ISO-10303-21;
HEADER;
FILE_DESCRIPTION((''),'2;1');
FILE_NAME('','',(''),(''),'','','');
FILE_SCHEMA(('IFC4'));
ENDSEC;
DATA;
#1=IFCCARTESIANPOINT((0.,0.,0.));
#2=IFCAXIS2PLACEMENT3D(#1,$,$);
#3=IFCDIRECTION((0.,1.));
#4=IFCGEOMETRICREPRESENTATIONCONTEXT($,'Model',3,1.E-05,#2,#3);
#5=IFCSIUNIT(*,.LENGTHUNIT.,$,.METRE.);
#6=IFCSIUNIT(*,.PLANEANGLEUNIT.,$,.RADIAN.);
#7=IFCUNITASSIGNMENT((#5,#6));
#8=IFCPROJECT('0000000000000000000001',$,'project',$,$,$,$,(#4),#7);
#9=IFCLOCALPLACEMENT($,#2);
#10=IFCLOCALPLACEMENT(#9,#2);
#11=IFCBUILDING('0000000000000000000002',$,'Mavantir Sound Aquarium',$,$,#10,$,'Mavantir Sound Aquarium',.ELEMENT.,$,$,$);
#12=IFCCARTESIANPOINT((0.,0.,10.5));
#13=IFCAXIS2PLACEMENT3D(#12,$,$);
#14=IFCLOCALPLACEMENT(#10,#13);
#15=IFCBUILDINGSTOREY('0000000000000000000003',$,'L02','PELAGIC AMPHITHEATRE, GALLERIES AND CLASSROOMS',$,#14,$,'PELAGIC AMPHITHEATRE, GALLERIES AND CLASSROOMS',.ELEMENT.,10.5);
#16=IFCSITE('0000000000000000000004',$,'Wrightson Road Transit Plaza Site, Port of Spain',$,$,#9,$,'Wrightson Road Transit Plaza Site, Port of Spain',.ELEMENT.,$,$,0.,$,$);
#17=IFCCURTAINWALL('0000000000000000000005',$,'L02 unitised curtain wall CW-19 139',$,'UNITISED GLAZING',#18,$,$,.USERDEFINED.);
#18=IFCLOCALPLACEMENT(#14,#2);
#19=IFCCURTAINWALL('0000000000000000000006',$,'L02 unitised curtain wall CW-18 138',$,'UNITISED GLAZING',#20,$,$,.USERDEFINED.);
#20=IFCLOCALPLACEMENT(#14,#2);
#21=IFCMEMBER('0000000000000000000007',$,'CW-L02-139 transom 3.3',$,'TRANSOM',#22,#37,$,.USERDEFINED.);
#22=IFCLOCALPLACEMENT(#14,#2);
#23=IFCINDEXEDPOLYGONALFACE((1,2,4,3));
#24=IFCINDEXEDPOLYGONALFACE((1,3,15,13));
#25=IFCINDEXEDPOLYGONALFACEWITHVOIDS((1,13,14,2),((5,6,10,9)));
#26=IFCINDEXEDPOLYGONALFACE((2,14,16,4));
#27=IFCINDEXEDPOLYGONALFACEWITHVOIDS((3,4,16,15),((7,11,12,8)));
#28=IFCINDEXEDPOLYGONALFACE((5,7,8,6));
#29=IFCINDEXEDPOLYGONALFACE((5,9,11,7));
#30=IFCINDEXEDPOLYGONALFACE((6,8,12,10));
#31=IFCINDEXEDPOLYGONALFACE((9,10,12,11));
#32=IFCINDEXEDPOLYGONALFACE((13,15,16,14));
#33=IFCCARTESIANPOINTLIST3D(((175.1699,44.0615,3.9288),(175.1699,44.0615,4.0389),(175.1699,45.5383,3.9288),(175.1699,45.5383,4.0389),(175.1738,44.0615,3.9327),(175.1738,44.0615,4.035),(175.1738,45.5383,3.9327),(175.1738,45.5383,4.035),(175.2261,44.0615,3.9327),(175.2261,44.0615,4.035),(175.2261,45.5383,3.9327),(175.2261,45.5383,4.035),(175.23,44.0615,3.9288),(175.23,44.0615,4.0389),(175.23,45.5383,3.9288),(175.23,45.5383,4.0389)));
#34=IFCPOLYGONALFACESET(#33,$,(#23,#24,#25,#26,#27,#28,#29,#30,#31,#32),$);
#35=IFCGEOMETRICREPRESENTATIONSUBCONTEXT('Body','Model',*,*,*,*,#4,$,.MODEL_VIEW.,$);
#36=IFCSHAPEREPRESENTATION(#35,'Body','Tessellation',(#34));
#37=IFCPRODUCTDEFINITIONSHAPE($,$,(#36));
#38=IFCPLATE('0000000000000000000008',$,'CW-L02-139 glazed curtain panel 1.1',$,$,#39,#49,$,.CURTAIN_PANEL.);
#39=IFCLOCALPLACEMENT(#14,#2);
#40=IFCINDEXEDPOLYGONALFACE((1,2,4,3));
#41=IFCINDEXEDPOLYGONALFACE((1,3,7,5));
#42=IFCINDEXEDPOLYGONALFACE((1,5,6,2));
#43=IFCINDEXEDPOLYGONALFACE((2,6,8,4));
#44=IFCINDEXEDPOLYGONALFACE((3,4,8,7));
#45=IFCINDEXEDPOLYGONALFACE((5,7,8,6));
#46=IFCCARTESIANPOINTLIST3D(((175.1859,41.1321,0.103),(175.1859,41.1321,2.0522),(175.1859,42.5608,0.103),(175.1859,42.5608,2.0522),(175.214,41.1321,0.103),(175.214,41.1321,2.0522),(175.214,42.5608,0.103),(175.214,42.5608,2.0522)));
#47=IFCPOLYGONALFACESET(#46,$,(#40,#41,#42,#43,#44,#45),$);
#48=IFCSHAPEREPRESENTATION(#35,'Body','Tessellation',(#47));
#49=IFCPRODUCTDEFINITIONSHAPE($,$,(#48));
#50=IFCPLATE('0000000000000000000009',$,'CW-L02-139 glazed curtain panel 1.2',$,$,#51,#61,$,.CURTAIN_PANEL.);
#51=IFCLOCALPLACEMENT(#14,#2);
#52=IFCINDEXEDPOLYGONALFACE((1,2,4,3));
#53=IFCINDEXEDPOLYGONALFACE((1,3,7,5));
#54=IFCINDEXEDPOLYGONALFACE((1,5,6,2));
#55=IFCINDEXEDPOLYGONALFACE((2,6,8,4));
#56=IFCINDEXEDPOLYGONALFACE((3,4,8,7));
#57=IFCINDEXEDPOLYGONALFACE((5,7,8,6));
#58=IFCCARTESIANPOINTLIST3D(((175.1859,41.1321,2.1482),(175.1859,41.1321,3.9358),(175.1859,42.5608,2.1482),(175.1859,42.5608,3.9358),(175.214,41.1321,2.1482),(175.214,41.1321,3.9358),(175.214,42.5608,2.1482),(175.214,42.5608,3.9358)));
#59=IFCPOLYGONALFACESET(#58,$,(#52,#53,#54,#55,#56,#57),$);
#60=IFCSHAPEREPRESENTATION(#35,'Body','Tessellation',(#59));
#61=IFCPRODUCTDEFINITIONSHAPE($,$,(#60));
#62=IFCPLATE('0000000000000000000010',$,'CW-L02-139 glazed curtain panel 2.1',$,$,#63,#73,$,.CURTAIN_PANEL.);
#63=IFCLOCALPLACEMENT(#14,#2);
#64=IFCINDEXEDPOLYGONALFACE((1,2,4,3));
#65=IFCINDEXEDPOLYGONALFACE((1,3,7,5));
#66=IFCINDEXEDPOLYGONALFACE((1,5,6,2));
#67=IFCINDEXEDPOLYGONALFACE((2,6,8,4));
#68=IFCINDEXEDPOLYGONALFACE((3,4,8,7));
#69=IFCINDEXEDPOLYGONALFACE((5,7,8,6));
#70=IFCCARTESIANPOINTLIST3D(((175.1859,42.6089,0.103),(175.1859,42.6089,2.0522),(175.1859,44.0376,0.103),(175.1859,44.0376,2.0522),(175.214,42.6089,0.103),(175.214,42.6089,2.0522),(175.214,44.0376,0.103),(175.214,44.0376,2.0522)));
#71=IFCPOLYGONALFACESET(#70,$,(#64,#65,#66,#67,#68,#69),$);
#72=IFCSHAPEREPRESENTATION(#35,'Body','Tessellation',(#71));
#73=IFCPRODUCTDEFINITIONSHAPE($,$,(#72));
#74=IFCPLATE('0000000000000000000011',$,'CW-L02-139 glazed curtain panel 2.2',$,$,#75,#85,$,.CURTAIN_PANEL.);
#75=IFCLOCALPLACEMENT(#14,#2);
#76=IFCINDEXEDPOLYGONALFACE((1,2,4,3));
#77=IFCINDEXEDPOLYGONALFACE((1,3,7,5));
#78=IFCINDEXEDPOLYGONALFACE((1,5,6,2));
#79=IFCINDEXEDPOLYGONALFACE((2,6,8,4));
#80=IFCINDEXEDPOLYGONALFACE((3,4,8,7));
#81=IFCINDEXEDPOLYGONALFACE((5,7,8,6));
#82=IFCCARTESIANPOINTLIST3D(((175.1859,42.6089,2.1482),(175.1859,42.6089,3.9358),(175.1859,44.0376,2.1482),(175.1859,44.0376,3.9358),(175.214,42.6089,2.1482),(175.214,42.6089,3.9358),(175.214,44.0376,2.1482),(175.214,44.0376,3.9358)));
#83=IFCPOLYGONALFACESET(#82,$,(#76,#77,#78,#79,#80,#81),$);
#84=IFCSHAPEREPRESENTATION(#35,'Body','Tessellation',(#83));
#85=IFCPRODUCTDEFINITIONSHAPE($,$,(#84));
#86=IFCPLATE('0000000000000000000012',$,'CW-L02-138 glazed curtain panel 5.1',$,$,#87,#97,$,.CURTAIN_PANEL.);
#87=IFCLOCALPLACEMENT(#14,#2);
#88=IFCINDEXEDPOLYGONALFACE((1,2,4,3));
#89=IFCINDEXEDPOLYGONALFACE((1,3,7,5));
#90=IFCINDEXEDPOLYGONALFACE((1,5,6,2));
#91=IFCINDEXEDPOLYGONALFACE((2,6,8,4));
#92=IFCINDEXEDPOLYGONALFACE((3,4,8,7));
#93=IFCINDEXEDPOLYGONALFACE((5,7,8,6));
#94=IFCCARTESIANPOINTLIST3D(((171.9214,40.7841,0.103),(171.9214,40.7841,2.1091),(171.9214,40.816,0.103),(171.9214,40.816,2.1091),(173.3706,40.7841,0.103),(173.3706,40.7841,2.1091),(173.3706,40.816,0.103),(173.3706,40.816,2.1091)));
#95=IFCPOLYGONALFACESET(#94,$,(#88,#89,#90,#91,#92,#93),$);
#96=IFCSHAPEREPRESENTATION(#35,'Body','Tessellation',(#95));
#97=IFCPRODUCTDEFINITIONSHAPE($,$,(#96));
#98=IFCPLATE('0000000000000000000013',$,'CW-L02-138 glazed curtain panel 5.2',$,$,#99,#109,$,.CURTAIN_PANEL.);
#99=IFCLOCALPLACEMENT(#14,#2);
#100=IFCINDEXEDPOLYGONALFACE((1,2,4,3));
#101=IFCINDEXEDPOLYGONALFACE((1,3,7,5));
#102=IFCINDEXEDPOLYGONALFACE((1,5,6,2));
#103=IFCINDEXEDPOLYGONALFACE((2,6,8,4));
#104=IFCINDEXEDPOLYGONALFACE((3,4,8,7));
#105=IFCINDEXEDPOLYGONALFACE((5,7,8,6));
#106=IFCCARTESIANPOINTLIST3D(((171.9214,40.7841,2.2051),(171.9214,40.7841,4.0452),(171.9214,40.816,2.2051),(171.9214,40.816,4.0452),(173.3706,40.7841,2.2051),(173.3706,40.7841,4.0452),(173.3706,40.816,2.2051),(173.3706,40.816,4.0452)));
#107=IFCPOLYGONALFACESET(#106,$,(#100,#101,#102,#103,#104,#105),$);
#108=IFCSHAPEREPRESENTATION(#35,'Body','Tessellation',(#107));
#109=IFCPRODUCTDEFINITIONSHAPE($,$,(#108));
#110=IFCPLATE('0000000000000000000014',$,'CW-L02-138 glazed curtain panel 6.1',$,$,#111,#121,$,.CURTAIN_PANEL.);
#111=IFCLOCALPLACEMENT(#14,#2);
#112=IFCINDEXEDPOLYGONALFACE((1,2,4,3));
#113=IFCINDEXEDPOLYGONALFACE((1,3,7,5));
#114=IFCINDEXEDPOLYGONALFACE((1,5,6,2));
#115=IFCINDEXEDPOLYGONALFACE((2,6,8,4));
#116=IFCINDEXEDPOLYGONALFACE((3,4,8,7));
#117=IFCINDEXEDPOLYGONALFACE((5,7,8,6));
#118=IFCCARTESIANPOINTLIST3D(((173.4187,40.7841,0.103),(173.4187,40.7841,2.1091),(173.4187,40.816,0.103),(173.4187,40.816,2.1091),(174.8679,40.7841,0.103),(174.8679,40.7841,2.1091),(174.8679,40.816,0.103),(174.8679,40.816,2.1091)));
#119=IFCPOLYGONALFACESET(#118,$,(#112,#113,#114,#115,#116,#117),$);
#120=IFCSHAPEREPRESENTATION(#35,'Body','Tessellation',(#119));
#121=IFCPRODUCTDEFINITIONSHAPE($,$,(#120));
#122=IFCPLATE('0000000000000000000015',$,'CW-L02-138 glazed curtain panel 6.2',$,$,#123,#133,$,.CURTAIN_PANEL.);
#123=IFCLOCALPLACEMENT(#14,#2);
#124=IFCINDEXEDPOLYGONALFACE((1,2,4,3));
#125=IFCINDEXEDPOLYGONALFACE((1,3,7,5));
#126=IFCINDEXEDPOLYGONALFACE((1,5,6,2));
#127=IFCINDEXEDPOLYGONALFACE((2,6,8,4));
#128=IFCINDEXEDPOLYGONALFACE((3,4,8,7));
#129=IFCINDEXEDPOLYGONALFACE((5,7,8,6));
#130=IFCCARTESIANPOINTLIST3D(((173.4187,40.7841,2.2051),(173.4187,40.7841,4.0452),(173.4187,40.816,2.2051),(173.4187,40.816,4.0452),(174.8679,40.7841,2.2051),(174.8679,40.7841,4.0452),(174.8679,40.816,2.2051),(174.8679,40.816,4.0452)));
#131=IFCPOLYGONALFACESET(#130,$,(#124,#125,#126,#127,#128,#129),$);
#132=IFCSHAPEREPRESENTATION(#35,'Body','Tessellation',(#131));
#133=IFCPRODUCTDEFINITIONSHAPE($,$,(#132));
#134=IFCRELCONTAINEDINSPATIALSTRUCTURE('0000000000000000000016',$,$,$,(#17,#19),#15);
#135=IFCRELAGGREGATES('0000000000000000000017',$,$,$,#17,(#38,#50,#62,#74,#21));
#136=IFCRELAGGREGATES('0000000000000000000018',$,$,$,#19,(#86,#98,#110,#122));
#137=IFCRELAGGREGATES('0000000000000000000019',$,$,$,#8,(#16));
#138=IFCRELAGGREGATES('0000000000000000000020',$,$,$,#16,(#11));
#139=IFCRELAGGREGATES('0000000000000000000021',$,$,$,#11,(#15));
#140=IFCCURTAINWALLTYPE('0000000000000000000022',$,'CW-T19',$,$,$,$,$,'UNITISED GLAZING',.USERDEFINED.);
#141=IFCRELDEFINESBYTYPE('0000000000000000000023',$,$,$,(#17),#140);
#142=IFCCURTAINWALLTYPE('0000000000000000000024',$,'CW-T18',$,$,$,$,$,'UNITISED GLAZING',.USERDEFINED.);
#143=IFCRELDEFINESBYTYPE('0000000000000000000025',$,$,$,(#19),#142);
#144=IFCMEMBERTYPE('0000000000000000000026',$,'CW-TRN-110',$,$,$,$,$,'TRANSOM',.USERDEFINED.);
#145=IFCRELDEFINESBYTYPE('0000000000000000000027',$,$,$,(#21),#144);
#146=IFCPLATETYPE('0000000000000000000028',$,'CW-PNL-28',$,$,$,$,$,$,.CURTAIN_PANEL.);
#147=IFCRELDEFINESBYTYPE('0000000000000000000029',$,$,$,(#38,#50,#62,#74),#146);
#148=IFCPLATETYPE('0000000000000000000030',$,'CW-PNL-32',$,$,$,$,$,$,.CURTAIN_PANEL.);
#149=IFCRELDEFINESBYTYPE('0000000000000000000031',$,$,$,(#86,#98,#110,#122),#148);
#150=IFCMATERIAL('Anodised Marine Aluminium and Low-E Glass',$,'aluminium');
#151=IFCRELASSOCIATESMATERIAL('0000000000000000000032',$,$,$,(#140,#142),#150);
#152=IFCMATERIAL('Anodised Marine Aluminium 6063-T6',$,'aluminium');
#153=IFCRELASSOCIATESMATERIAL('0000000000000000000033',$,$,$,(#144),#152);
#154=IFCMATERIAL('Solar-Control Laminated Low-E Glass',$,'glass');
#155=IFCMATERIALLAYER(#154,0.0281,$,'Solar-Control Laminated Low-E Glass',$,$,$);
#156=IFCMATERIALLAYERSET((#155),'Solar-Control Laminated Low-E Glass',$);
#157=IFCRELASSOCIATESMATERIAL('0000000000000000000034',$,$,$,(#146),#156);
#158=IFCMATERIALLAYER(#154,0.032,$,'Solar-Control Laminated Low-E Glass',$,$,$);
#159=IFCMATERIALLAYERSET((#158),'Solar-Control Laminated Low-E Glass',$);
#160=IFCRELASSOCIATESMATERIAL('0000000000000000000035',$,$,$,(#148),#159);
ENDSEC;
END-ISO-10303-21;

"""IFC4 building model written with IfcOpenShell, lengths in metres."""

from ifc_helpers import new_model, si_unit, direction, frame, origin, origin_2d, place, context, subcontext, project, spatial, rectangle, hollow_rectangle, extrude, material, layer, layer_set, material_profile, profile_set, type_object, element, aggregate, save


model = new_model("IFC4")

# Units and contexts
model_context = context("Model", 3, precision=1e-05, world=origin(), true_north=direction((0.0, 1.0)))
body_context = subcontext(model_context, "Body", "Model", "MODEL_VIEW")
ifc_project = project(units=[si_unit("LENGTHUNIT", "METRE"), si_unit("PLANEANGLEUNIT", "RADIAN")], contexts=[model_context])

# Site, building, storey
site_placement = place(None, origin())
site = spatial("IfcSite", under=ifc_project, at=site_placement, Name="Wrightson Road Transit Plaza Site, Port of Spain", LongName="Wrightson Road Transit Plaza Site, Port of Spain", CompositionType="ELEMENT", RefElevation=0.0)
building_placement = place(site_placement, origin())
building = spatial("IfcBuilding", under=site, at=building_placement, Name="Mavantir Sound Aquarium", LongName="Mavantir Sound Aquarium", CompositionType="ELEMENT")
storey_placement = place(building_placement, frame((0.0, 0.0, 10.5)))
storey = spatial("IfcBuildingStorey", under=building, at=storey_placement, Name="L02", Description="PELAGIC AMPHITHEATRE, GALLERIES AND CLASSROOMS", LongName="PELAGIC AMPHITHEATRE, GALLERIES AND CLASSROOMS", CompositionType="ELEMENT", Elevation=10.5)

# Curtain walls
ifc_material_1 = material(Name="Anodised Marine Aluminium and Low-E Glass", Category="aluminium")
curtain_wall_type_1 = type_object("IfcCurtainWallType", Name="CW-T19", ElementType="UNITISED GLAZING", PredefinedType="USERDEFINED", material=ifc_material_1)
curtain_wall_1_placement = place(storey_placement, origin())
curtain_wall_1 = element("IfcCurtainWall", 1, at=curtain_wall_1_placement, inside=storey, type_object=curtain_wall_type_1, Name="L02 unitised curtain wall CW-19 139", ObjectType="UNITISED GLAZING", PredefinedType="USERDEFINED")
ifc_material_2 = material(Name="Anodised Marine Aluminium 6063-T6", Category="aluminium")
curtain_wall_type_2 = type_object("IfcCurtainWallType", Name="CW-T18", ElementType="UNITISED GLAZING", PredefinedType="USERDEFINED", material=ifc_material_1)
curtain_wall_2_placement = place(storey_placement, origin())
curtain_wall_2 = element("IfcCurtainWall", 2, at=curtain_wall_2_placement, inside=storey, type_object=curtain_wall_type_2, Name="L02 unitised curtain wall CW-18 138", ObjectType="UNITISED GLAZING", PredefinedType="USERDEFINED")
ifc_material_profile_1 = material_profile(ifc_material_2, hollow_rectangle(XDim=0.0601, YDim=0.1101, WallThickness=0.0039, at=origin_2d()), Name="ALU-TRANSOM-110X60")
ifc_profile_set_1 = profile_set([ifc_material_profile_1], Name="Anodised Marine Aluminium 6063-T6")
member_type_1 = type_object("IfcMemberType", Name="CW-TRN-110", ElementType="TRANSOM", PredefinedType="USERDEFINED", material=ifc_profile_set_1)

# Member
member_1_placement = place(storey_placement, frame((175.2, 44.0615, 3.9839), z_axis=(0.0, 1.0, 0.0), x_axis=(-1.0, 0.0, 0.0)))
member_1 = element("IfcMember", 3, at=member_1_placement, type_object=member_type_1, Name="CW-L02-139 transom 3.3", ObjectType="TRANSOM", PredefinedType="USERDEFINED", context=body_context, shape_type="SweptSolid", body=[
    extrude(hollow_rectangle(XDim=0.0601, YDim=0.1101, WallThickness=0.0039, at=origin_2d()), origin(), (0.0, 0.0, 1.0), 1.4768),
])

# Plates
ifc_material_3 = material(Name="Solar-Control Laminated Low-E Glass", Category="glass")
ifc_layer_1 = layer(ifc_material_3, 0.0281, Name="Solar-Control Laminated Low-E Glass")
ifc_layer_set_1 = layer_set([ifc_layer_1], Name="Solar-Control Laminated Low-E Glass")
plate_type_1 = type_object("IfcPlateType", Name="CW-PNL-28", PredefinedType="CURTAIN_PANEL", material=ifc_layer_set_1)
plate_1_placement = place(storey_placement, frame((175.2, 41.8464, 0.103), z_axis=(0.0, 0.0, 1.0), x_axis=(0.0, 1.0, 0.0)))
plate_1 = element("IfcPlate", 4, at=plate_1_placement, type_object=plate_type_1, Name="CW-L02-139 glazed curtain panel 1.1", PredefinedType="CURTAIN_PANEL", context=body_context, shape_type="SweptSolid", body=[
    extrude(rectangle(XDim=1.4287, YDim=0.0281, at=origin_2d()), origin(), (0.0, 0.0, 1.0), 1.9492),
])
plate_2_placement = place(storey_placement, frame((175.2, 41.8464, 2.1482), z_axis=(0.0, 0.0, 1.0), x_axis=(0.0, 1.0, 0.0)))
plate_2 = element("IfcPlate", 5, at=plate_2_placement, type_object=plate_type_1, Name="CW-L02-139 glazed curtain panel 1.2", PredefinedType="CURTAIN_PANEL", context=body_context, shape_type="SweptSolid", body=[
    extrude(rectangle(XDim=1.4287, YDim=0.0281, at=origin_2d()), origin(), (0.0, 0.0, 1.0), 1.7876),
])
plate_3_placement = place(storey_placement, frame((175.2, 43.3232, 0.103), z_axis=(0.0, 0.0, 1.0), x_axis=(0.0, 1.0, 0.0)))
plate_3 = element("IfcPlate", 6, at=plate_3_placement, type_object=plate_type_1, Name="CW-L02-139 glazed curtain panel 2.1", PredefinedType="CURTAIN_PANEL", context=body_context, shape_type="SweptSolid", body=[
    extrude(rectangle(XDim=1.4287, YDim=0.0281, at=origin_2d()), origin(), (0.0, 0.0, 1.0), 1.9492),
])
plate_4_placement = place(storey_placement, frame((175.2, 43.3232, 2.1482), z_axis=(0.0, 0.0, 1.0), x_axis=(0.0, 1.0, 0.0)))
plate_4 = element("IfcPlate", 7, at=plate_4_placement, type_object=plate_type_1, Name="CW-L02-139 glazed curtain panel 2.2", PredefinedType="CURTAIN_PANEL", context=body_context, shape_type="SweptSolid", body=[
    extrude(rectangle(XDim=1.4287, YDim=0.0281, at=origin_2d()), origin(), (0.0, 0.0, 1.0), 1.7876),
])
aggregate(curtain_wall_1, [plate_1, plate_2, plate_3, plate_4, member_1])
ifc_layer_2 = layer(ifc_material_3, 0.032, Name="Solar-Control Laminated Low-E Glass")
ifc_layer_set_2 = layer_set([ifc_layer_2], Name="Solar-Control Laminated Low-E Glass")
plate_type_2 = type_object("IfcPlateType", Name="CW-PNL-32", PredefinedType="CURTAIN_PANEL", material=ifc_layer_set_2)
plate_5_placement = place(storey_placement, frame((172.646, 40.8, 0.103), z_axis=(0.0, 0.0, 1.0), x_axis=(1.0, 0.0, 0.0)))
plate_5 = element("IfcPlate", 8, at=plate_5_placement, type_object=plate_type_2, Name="CW-L02-138 glazed curtain panel 5.1", PredefinedType="CURTAIN_PANEL", context=body_context, shape_type="SweptSolid", body=[
    extrude(rectangle(XDim=1.4492, YDim=0.032, at=origin_2d()), origin(), (0.0, 0.0, 1.0), 2.0061),
])
plate_6_placement = place(storey_placement, frame((172.646, 40.8, 2.2051), z_axis=(0.0, 0.0, 1.0), x_axis=(1.0, 0.0, 0.0)))
plate_6 = element("IfcPlate", 9, at=plate_6_placement, type_object=plate_type_2, Name="CW-L02-138 glazed curtain panel 5.2", PredefinedType="CURTAIN_PANEL", context=body_context, shape_type="SweptSolid", body=[
    extrude(rectangle(XDim=1.4492, YDim=0.032, at=origin_2d()), origin(), (0.0, 0.0, 1.0), 1.8401),
])
plate_7_placement = place(storey_placement, frame((174.1433, 40.8, 0.103), z_axis=(0.0, 0.0, 1.0), x_axis=(1.0, 0.0, 0.0)))
plate_7 = element("IfcPlate", 10, at=plate_7_placement, type_object=plate_type_2, Name="CW-L02-138 glazed curtain panel 6.1", PredefinedType="CURTAIN_PANEL", context=body_context, shape_type="SweptSolid", body=[
    extrude(rectangle(XDim=1.4492, YDim=0.032, at=origin_2d()), origin(), (0.0, 0.0, 1.0), 2.0061),
])
plate_8_placement = place(storey_placement, frame((174.1433, 40.8, 2.2051), z_axis=(0.0, 0.0, 1.0), x_axis=(1.0, 0.0, 0.0)))
plate_8 = element("IfcPlate", 11, at=plate_8_placement, type_object=plate_type_2, Name="CW-L02-138 glazed curtain panel 6.2", PredefinedType="CURTAIN_PANEL", context=body_context, shape_type="SweptSolid", body=[
    extrude(rectangle(XDim=1.4492, YDim=0.032, at=origin_2d()), origin(), (0.0, 0.0, 1.0), 1.8401),
])
aggregate(curtain_wall_2, [plate_5, plate_6, plate_7, plate_8])

save(model, "model.ifc")
